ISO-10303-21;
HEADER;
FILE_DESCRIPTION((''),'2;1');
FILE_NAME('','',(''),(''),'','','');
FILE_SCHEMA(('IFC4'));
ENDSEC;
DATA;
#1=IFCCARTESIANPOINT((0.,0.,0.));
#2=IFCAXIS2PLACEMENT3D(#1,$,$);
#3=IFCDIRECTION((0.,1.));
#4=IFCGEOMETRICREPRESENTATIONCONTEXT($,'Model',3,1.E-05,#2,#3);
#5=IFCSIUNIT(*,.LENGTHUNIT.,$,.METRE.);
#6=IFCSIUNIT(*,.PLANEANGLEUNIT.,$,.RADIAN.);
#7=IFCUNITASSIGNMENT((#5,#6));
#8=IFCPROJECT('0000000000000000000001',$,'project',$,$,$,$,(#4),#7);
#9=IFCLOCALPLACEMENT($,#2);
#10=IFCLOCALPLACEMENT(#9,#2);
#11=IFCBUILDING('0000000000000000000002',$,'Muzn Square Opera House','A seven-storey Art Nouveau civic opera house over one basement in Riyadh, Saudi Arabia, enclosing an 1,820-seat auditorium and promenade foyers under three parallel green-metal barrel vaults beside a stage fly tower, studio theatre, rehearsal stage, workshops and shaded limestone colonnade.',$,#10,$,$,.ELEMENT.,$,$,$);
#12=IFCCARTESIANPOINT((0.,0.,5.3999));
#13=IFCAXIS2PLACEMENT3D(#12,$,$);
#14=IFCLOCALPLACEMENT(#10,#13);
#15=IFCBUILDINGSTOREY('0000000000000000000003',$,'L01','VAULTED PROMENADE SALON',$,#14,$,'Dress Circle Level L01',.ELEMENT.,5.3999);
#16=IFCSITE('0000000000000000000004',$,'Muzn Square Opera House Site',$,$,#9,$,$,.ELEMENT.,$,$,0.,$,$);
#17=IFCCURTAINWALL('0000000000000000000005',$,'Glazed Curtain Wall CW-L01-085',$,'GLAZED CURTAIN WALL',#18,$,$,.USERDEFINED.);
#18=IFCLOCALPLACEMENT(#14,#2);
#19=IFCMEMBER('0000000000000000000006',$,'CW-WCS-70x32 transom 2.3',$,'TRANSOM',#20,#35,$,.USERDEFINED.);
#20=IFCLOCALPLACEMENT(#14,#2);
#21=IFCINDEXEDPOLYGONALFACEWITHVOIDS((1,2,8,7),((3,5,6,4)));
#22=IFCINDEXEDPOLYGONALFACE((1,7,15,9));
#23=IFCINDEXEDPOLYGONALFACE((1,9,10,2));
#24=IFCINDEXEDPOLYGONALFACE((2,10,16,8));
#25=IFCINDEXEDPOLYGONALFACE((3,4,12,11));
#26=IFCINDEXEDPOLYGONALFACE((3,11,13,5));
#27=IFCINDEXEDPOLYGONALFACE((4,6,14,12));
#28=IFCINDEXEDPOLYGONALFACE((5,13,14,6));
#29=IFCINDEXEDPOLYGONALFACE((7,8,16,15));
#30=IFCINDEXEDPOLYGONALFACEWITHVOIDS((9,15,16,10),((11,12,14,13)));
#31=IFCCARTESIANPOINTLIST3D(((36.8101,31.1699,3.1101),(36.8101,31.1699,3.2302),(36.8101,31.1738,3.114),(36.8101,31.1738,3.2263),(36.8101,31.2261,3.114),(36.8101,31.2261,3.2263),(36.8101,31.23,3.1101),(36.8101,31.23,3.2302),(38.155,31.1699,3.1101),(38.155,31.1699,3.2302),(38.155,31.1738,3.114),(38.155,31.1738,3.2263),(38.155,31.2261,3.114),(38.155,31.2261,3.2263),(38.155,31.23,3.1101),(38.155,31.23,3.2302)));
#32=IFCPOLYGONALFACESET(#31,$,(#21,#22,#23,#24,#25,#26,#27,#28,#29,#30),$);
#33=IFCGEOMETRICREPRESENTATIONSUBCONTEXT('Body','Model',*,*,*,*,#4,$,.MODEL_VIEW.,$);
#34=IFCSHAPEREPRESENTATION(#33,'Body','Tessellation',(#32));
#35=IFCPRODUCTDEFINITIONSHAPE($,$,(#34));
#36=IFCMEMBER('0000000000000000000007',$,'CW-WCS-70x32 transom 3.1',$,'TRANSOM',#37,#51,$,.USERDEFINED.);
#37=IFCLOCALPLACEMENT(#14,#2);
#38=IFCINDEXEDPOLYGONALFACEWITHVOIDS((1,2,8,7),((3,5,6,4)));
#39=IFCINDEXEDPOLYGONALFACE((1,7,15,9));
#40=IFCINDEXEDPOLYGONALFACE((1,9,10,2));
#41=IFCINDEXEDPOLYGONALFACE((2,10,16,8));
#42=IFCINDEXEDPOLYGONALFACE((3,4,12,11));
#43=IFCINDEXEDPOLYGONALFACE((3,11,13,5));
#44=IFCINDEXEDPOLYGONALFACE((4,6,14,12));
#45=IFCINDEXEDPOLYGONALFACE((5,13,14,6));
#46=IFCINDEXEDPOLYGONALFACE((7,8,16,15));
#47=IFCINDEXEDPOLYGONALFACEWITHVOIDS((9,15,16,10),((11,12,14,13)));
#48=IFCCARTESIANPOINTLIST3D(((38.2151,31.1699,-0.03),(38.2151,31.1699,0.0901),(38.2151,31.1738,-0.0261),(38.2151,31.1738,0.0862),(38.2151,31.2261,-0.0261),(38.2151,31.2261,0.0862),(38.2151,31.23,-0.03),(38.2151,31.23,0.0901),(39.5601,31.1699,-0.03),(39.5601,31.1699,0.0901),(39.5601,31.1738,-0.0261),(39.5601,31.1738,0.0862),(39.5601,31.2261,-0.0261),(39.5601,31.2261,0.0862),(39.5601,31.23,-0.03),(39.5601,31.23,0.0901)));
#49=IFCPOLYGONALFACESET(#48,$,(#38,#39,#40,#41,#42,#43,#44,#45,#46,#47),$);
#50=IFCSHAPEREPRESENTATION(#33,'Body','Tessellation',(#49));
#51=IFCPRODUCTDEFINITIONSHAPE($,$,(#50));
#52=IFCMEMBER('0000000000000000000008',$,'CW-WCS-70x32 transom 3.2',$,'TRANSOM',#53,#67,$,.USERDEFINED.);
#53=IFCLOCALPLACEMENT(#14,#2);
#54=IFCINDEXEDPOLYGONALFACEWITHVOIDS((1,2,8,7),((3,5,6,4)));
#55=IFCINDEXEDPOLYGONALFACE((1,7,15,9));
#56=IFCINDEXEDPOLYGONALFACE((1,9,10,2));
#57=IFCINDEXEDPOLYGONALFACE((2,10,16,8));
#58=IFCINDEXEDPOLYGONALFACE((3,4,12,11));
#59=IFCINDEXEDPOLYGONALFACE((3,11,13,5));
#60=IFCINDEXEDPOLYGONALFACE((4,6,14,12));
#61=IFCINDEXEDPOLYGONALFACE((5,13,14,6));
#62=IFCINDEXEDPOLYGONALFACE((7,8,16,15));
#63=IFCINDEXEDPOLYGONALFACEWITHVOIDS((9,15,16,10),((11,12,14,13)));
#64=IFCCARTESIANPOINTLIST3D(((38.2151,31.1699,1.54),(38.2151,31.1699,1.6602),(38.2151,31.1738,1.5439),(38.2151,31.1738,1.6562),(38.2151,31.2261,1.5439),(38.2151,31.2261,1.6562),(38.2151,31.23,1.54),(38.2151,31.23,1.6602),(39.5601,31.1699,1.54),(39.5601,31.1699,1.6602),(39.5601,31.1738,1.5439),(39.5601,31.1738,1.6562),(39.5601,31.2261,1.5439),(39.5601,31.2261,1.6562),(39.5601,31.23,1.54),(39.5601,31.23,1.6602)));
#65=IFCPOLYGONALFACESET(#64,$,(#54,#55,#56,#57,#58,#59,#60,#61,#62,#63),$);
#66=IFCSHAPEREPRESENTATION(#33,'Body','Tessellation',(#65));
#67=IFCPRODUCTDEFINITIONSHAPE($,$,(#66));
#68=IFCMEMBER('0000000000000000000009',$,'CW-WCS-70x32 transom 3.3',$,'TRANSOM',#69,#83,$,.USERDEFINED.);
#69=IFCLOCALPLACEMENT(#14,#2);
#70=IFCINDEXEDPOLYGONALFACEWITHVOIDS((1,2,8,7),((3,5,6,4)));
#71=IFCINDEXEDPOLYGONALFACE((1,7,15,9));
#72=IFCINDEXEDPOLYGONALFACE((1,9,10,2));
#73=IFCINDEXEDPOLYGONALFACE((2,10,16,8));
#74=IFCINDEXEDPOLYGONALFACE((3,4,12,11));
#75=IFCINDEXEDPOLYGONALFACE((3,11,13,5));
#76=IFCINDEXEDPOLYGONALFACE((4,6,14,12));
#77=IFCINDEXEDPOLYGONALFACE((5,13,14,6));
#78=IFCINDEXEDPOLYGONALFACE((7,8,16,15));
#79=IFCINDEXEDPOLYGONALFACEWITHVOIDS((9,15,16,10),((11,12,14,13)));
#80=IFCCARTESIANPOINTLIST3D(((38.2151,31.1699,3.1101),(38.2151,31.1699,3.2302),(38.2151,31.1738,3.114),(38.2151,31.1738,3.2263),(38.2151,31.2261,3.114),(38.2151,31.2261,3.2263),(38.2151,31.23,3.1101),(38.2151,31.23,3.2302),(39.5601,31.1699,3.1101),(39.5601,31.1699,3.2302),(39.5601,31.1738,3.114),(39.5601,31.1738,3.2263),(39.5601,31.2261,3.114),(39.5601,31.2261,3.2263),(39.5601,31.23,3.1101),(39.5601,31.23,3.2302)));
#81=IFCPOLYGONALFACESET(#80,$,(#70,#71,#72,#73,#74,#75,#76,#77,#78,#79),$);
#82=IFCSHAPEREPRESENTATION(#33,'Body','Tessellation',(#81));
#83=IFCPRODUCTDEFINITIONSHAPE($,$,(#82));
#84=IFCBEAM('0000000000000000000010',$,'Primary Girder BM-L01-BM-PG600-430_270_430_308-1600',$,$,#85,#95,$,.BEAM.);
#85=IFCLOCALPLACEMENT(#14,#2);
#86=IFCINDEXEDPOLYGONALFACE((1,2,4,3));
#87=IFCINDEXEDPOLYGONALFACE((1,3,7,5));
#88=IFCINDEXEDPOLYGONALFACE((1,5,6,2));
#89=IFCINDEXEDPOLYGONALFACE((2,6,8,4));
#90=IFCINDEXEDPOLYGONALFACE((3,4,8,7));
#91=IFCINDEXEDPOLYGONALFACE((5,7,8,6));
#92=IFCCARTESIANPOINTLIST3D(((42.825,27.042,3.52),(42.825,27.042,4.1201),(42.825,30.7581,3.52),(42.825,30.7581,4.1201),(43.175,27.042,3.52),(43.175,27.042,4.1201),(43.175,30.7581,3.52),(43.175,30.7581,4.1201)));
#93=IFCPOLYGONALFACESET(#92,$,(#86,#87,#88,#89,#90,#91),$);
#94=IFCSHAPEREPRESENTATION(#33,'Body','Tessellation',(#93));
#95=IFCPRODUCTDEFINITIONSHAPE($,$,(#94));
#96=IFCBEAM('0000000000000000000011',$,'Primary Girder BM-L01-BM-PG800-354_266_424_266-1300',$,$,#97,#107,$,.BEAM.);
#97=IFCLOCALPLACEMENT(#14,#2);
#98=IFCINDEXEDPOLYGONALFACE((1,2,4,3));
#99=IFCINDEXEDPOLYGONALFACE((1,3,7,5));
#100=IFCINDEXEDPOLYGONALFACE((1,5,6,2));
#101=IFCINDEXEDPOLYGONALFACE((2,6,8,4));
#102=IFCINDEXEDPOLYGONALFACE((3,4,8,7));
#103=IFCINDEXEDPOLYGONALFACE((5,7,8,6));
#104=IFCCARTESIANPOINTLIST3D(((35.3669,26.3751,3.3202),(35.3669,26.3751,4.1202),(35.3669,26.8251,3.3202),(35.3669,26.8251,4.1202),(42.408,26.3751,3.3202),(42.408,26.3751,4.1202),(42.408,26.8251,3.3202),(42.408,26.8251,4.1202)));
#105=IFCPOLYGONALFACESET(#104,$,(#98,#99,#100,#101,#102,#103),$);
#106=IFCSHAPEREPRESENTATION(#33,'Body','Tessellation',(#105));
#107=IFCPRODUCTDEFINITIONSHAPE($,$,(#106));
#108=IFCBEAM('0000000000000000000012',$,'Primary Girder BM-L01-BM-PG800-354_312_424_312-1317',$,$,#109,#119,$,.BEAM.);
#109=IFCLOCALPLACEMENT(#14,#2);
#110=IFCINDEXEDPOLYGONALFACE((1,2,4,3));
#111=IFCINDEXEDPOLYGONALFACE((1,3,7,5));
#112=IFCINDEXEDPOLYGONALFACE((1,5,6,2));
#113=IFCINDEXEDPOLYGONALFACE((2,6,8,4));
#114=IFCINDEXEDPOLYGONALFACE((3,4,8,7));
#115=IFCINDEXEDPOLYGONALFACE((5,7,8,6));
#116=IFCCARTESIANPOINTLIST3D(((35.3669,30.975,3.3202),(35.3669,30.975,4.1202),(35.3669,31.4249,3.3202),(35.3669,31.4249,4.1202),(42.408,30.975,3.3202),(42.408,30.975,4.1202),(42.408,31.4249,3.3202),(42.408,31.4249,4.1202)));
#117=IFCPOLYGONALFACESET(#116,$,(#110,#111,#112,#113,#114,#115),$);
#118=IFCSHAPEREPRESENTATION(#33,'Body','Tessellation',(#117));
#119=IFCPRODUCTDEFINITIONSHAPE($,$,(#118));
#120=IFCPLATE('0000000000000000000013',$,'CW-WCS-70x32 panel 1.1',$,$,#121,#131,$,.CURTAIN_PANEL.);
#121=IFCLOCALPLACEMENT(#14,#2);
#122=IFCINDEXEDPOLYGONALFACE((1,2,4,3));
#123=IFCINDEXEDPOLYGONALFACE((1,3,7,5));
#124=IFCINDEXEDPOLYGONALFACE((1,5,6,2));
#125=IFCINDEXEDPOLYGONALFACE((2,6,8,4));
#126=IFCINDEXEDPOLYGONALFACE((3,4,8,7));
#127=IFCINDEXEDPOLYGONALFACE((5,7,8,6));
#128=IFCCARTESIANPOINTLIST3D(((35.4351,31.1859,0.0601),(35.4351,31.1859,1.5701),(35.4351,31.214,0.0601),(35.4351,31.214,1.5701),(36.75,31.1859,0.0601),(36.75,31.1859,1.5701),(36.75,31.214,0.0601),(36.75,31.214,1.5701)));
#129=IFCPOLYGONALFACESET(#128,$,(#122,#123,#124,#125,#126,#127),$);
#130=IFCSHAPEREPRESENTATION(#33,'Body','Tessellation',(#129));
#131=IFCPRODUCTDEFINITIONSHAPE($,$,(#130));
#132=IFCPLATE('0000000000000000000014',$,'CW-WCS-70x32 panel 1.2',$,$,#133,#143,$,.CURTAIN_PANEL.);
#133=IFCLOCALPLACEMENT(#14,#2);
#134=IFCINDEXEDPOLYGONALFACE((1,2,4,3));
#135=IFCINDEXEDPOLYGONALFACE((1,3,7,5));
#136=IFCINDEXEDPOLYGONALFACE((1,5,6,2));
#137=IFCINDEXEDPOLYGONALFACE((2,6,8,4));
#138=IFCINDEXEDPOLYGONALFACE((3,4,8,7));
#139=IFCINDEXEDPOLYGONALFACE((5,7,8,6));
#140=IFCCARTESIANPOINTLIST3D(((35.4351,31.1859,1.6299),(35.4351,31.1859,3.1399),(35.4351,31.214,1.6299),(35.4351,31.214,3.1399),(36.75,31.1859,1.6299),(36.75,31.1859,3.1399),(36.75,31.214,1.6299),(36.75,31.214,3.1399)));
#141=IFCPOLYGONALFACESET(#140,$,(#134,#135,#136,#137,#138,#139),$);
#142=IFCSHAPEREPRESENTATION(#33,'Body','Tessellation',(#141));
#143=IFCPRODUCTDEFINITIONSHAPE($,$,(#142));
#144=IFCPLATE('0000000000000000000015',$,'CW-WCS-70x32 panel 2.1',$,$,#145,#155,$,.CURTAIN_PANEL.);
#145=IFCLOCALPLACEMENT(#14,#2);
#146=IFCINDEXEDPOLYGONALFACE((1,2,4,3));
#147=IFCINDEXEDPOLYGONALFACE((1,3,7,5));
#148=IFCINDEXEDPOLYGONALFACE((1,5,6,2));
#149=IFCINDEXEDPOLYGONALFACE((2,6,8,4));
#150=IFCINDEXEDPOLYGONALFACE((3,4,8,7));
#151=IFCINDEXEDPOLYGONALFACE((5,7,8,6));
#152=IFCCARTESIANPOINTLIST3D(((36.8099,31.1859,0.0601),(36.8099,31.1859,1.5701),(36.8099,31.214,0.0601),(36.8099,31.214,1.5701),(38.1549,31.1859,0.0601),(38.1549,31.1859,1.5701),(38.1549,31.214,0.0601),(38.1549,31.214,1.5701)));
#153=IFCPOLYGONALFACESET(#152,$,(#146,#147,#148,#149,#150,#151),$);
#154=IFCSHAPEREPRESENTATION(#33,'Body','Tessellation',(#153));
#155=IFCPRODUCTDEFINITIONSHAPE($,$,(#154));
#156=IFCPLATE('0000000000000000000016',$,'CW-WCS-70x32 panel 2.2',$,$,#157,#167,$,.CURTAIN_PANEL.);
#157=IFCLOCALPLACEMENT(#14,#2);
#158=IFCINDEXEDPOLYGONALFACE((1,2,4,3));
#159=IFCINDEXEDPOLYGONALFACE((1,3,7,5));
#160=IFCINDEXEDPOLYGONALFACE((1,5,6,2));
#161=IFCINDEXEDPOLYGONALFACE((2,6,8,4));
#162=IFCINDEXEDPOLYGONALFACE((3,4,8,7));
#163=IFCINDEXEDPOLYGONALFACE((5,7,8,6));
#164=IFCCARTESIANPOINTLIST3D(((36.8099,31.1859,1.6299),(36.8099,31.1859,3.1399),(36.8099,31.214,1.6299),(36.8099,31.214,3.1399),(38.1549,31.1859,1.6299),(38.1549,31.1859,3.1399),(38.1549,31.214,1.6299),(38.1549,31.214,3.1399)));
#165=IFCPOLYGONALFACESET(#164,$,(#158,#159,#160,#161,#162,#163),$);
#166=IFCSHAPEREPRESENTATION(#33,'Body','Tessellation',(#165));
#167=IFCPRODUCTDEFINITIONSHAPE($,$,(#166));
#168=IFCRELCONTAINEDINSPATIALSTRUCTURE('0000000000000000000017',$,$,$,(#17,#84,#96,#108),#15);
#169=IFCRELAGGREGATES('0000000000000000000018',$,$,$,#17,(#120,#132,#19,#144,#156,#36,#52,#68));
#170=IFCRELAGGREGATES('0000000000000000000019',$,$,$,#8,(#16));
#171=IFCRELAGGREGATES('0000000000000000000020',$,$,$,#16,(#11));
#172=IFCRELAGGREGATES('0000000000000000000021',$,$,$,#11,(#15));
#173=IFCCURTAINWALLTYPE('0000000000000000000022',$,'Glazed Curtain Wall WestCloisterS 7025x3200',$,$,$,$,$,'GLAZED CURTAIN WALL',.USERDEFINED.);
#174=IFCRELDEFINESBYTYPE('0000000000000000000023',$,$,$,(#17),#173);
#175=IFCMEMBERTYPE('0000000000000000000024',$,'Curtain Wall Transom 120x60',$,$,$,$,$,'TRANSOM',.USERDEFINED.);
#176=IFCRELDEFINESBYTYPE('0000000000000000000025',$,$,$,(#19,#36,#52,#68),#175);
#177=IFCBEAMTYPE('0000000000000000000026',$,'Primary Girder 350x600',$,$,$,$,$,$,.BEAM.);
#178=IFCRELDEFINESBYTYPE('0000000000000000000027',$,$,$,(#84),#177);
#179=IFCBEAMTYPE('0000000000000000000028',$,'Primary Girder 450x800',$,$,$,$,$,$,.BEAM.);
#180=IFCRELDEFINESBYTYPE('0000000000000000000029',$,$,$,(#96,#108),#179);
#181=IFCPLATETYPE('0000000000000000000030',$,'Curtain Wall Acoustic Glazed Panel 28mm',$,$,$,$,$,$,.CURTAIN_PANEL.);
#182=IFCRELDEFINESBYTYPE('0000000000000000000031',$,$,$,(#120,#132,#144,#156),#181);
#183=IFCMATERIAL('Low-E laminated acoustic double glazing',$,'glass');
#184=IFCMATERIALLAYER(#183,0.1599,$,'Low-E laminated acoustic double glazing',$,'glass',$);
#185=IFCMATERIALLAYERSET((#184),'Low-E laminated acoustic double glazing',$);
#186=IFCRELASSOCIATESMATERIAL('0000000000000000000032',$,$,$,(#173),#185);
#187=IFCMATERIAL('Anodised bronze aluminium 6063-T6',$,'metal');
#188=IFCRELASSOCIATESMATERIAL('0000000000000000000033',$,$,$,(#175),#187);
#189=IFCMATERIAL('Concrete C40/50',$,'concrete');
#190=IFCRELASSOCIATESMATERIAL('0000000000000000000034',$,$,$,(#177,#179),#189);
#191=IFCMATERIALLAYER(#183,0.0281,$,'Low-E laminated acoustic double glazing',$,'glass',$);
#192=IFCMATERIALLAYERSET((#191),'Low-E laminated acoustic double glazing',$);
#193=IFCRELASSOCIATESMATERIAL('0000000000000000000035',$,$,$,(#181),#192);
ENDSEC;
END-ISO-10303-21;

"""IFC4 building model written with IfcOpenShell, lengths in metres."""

from ifc_helpers import new_model, si_unit, direction, frame, origin, origin_2d, place, context, subcontext, project, spatial, rectangle, hollow_rectangle, extrude, material, layer, layer_set, material_profile, profile_set, type_object, element, aggregate, save


model = new_model("IFC4")

# Units and contexts
model_context = context("Model", 3, precision=1e-05, world=origin(), true_north=direction((0.0, 1.0)))
body_context = subcontext(model_context, "Body", "Model", "MODEL_VIEW")
ifc_project = project(units=[si_unit("LENGTHUNIT", "METRE"), si_unit("PLANEANGLEUNIT", "RADIAN")], contexts=[model_context])

# Site, building, storey
site_placement = place(None, origin())
site = spatial("IfcSite", under=ifc_project, at=site_placement, Name="Muzn Square Opera House Site", CompositionType="ELEMENT", RefElevation=0.0)
building_placement = place(site_placement, origin())
building = spatial("IfcBuilding", under=site, at=building_placement, Name="Muzn Square Opera House", Description="A seven-storey Art Nouveau civic opera house over one basement in Riyadh, Saudi Arabia, enclosing an 1,820-seat auditorium and promenade foyers under three parallel green-metal barrel vaults beside a stage fly tower, studio theatre, rehearsal stage, workshops and shaded limestone colonnade.", CompositionType="ELEMENT")
storey_placement = place(building_placement, frame((0.0, 0.0, 5.3999)))
storey = spatial("IfcBuildingStorey", under=building, at=storey_placement, Name="L01", Description="VAULTED PROMENADE SALON", LongName="Dress Circle Level L01", CompositionType="ELEMENT", Elevation=5.3999)

# Curtain wall, members
ifc_material_1 = material(Name="Low-E laminated acoustic double glazing", Category="glass")
ifc_layer_1 = layer(ifc_material_1, 0.1599, Name="Low-E laminated acoustic double glazing", Category="glass")
ifc_layer_set_1 = layer_set([ifc_layer_1], Name="Low-E laminated acoustic double glazing")
curtain_wall_type = type_object("IfcCurtainWallType", Name="Glazed Curtain Wall WestCloisterS 7025x3200", ElementType="GLAZED CURTAIN WALL", PredefinedType="USERDEFINED", material=ifc_layer_set_1)
curtain_wall_placement = place(storey_placement, origin())
curtain_wall = element("IfcCurtainWall", 1, at=curtain_wall_placement, inside=storey, type_object=curtain_wall_type, Name="Glazed Curtain Wall CW-L01-085", ObjectType="GLAZED CURTAIN WALL", PredefinedType="USERDEFINED")
ifc_material_2 = material(Name="Anodised bronze aluminium 6063-T6", Category="metal")
ifc_material_profile_1 = material_profile(ifc_material_2, hollow_rectangle(XDim=0.0601, YDim=0.1201, WallThickness=0.0039, at=origin_2d()), Name="ALU 120x60x4", Category="metal")
ifc_profile_set_1 = profile_set([ifc_material_profile_1], Name="Anodised bronze aluminium 6063-T6")
member_type_1 = type_object("IfcMemberType", Name="Curtain Wall Transom 120x60", ElementType="TRANSOM", PredefinedType="USERDEFINED", material=ifc_profile_set_1)
member_1_placement = place(storey_placement, frame((36.8101, 31.2, 3.1702), z_axis=(1.0, 0.0, 0.0), x_axis=(0.0, 1.0, 0.0)))
member_1 = element("IfcMember", 2, at=member_1_placement, type_object=member_type_1, Name="CW-WCS-70x32 transom 2.3", ObjectType="TRANSOM", PredefinedType="USERDEFINED", context=body_context, shape_type="SweptSolid", body=[
    extrude(hollow_rectangle(XDim=0.0601, YDim=0.1201, WallThickness=0.0039, at=origin_2d()), origin(), (0.0, 0.0, 1.0), 1.345),
])
member_2_placement = place(storey_placement, frame((38.2151, 31.2, 0.03), z_axis=(1.0, 0.0, 0.0), x_axis=(0.0, 1.0, 0.0)))
member_2 = element("IfcMember", 3, at=member_2_placement, type_object=member_type_1, Name="CW-WCS-70x32 transom 3.1", ObjectType="TRANSOM", PredefinedType="USERDEFINED", context=body_context, shape_type="SweptSolid", body=[
    extrude(hollow_rectangle(XDim=0.0601, YDim=0.1201, WallThickness=0.0039, at=origin_2d()), origin(), (0.0, 0.0, 1.0), 1.345),
])
member_3_placement = place(storey_placement, frame((38.2151, 31.2, 1.6001), z_axis=(1.0, 0.0, 0.0), x_axis=(0.0, 1.0, 0.0)))
member_3 = element("IfcMember", 4, at=member_3_placement, type_object=member_type_1, Name="CW-WCS-70x32 transom 3.2", ObjectType="TRANSOM", PredefinedType="USERDEFINED", context=body_context, shape_type="SweptSolid", body=[
    extrude(hollow_rectangle(XDim=0.0601, YDim=0.1201, WallThickness=0.0039, at=origin_2d()), origin(), (0.0, 0.0, 1.0), 1.345),
])
member_4_placement = place(storey_placement, frame((38.2151, 31.2, 3.1702), z_axis=(1.0, 0.0, 0.0), x_axis=(0.0, 1.0, 0.0)))
member_4 = element("IfcMember", 5, at=member_4_placement, type_object=member_type_1, Name="CW-WCS-70x32 transom 3.3", ObjectType="TRANSOM", PredefinedType="USERDEFINED", context=body_context, shape_type="SweptSolid", body=[
    extrude(hollow_rectangle(XDim=0.0601, YDim=0.1201, WallThickness=0.0039, at=origin_2d()), origin(), (0.0, 0.0, 1.0), 1.345),
])

# Beams
ifc_material_3 = material(Name="Concrete C40/50", Category="concrete")
ifc_material_profile_2 = material_profile(ifc_material_3, rectangle(XDim=0.3501, YDim=0.6001, at=origin_2d()), Name="RCB 350x600", Category="concrete")
ifc_profile_set_2 = profile_set([ifc_material_profile_2], Name="Concrete C40/50")
beam_type_1 = type_object("IfcBeamType", Name="Primary Girder 350x600", PredefinedType="BEAM", material=ifc_profile_set_2)
beam_placement = place(storey_placement, frame((43.0, 27.042, 3.8201), z_axis=(0.0, 1.0, 0.0), x_axis=(-1.0, 0.0, 0.0)))
element("IfcBeam", 6, at=beam_placement, inside=storey, type_object=beam_type_1, Name="Primary Girder BM-L01-BM-PG600-430_270_430_308-1600", PredefinedType="BEAM", context=body_context, shape_type="SweptSolid", body=[
    extrude(rectangle(XDim=0.3501, YDim=0.6001, at=origin_2d()), origin(), (0.0, 0.0, 1.0), 3.7161),
])
ifc_material_profile_3 = material_profile(ifc_material_3, rectangle(XDim=0.45, YDim=0.8, at=origin_2d()), Name="RCB 450x800", Category="concrete")
ifc_profile_set_3 = profile_set([ifc_material_profile_3], Name="Concrete C40/50")
beam_type_2 = type_object("IfcBeamType", Name="Primary Girder 450x800", PredefinedType="BEAM", material=ifc_profile_set_3)
for number, where, z_axis, x_axis, name in (
    (7, (35.3669, 26.6001, 3.7202), (1.0, 0.0, 0.0), (0.0, 1.0, 0.0), "Primary Girder BM-L01-BM-PG800-354_266_424_266-1300"),
    (8, (35.3669, 31.2, 3.7202), (1.0, 0.0, 0.0), (0.0, 1.0, 0.0), "Primary Girder BM-L01-BM-PG800-354_312_424_312-1317"),
):
    element("IfcBeam", number, at=place(storey_placement, frame(where, z_axis=z_axis, x_axis=x_axis)), inside=storey, type_object=beam_type_2, Name=name, PredefinedType="BEAM", context=body_context, shape_type="SweptSolid", body=[
        extrude(rectangle(XDim=0.45, YDim=0.8, at=origin_2d()), origin(), (0.0, 0.0, 1.0), 7.041),
    ])

# Plates
ifc_layer_2 = layer(ifc_material_1, 0.0281, Name="Low-E laminated acoustic double glazing", Category="glass")
ifc_layer_set_2 = layer_set([ifc_layer_2], Name="Low-E laminated acoustic double glazing")
plate_type = type_object("IfcPlateType", Name="Curtain Wall Acoustic Glazed Panel 28mm", PredefinedType="CURTAIN_PANEL", material=ifc_layer_set_2)
plate_1_placement = place(storey_placement, frame((36.0925, 31.2, 0.0601), z_axis=(0.0, 0.0, 1.0), x_axis=(1.0, 0.0, 0.0)))
plate_1 = element("IfcPlate", 9, at=plate_1_placement, type_object=plate_type, Name="CW-WCS-70x32 panel 1.1", PredefinedType="CURTAIN_PANEL", context=body_context, shape_type="SweptSolid", body=[
    extrude(rectangle(XDim=1.3149, YDim=0.0281, at=origin_2d()), origin(), (0.0, 0.0, 1.0), 1.51),
])
plate_2_placement = place(storey_placement, frame((36.0925, 31.2, 1.6299), z_axis=(0.0, 0.0, 1.0), x_axis=(1.0, 0.0, 0.0)))
plate_2 = element("IfcPlate", 10, at=plate_2_placement, type_object=plate_type, Name="CW-WCS-70x32 panel 1.2", PredefinedType="CURTAIN_PANEL", context=body_context, shape_type="SweptSolid", body=[
    extrude(rectangle(XDim=1.3149, YDim=0.0281, at=origin_2d()), origin(), (0.0, 0.0, 1.0), 1.51),
])
plate_3_placement = place(storey_placement, frame((37.4824, 31.2, 0.0601), z_axis=(0.0, 0.0, 1.0), x_axis=(1.0, 0.0, 0.0)))
plate_3 = element("IfcPlate", 11, at=plate_3_placement, type_object=plate_type, Name="CW-WCS-70x32 panel 2.1", PredefinedType="CURTAIN_PANEL", context=body_context, shape_type="SweptSolid", body=[
    extrude(rectangle(XDim=1.345, YDim=0.0281, at=origin_2d()), origin(), (0.0, 0.0, 1.0), 1.51),
])
plate_4_placement = place(storey_placement, frame((37.4824, 31.2, 1.6299), z_axis=(0.0, 0.0, 1.0), x_axis=(1.0, 0.0, 0.0)))
plate_4 = element("IfcPlate", 12, at=plate_4_placement, type_object=plate_type, Name="CW-WCS-70x32 panel 2.2", PredefinedType="CURTAIN_PANEL", context=body_context, shape_type="SweptSolid", body=[
    extrude(rectangle(XDim=1.345, YDim=0.0281, at=origin_2d()), origin(), (0.0, 0.0, 1.0), 1.51),
])
aggregate(curtain_wall, [plate_1, plate_2, member_1, plate_3, plate_4, member_2, member_3, member_4])

save(model, "model.ifc")
